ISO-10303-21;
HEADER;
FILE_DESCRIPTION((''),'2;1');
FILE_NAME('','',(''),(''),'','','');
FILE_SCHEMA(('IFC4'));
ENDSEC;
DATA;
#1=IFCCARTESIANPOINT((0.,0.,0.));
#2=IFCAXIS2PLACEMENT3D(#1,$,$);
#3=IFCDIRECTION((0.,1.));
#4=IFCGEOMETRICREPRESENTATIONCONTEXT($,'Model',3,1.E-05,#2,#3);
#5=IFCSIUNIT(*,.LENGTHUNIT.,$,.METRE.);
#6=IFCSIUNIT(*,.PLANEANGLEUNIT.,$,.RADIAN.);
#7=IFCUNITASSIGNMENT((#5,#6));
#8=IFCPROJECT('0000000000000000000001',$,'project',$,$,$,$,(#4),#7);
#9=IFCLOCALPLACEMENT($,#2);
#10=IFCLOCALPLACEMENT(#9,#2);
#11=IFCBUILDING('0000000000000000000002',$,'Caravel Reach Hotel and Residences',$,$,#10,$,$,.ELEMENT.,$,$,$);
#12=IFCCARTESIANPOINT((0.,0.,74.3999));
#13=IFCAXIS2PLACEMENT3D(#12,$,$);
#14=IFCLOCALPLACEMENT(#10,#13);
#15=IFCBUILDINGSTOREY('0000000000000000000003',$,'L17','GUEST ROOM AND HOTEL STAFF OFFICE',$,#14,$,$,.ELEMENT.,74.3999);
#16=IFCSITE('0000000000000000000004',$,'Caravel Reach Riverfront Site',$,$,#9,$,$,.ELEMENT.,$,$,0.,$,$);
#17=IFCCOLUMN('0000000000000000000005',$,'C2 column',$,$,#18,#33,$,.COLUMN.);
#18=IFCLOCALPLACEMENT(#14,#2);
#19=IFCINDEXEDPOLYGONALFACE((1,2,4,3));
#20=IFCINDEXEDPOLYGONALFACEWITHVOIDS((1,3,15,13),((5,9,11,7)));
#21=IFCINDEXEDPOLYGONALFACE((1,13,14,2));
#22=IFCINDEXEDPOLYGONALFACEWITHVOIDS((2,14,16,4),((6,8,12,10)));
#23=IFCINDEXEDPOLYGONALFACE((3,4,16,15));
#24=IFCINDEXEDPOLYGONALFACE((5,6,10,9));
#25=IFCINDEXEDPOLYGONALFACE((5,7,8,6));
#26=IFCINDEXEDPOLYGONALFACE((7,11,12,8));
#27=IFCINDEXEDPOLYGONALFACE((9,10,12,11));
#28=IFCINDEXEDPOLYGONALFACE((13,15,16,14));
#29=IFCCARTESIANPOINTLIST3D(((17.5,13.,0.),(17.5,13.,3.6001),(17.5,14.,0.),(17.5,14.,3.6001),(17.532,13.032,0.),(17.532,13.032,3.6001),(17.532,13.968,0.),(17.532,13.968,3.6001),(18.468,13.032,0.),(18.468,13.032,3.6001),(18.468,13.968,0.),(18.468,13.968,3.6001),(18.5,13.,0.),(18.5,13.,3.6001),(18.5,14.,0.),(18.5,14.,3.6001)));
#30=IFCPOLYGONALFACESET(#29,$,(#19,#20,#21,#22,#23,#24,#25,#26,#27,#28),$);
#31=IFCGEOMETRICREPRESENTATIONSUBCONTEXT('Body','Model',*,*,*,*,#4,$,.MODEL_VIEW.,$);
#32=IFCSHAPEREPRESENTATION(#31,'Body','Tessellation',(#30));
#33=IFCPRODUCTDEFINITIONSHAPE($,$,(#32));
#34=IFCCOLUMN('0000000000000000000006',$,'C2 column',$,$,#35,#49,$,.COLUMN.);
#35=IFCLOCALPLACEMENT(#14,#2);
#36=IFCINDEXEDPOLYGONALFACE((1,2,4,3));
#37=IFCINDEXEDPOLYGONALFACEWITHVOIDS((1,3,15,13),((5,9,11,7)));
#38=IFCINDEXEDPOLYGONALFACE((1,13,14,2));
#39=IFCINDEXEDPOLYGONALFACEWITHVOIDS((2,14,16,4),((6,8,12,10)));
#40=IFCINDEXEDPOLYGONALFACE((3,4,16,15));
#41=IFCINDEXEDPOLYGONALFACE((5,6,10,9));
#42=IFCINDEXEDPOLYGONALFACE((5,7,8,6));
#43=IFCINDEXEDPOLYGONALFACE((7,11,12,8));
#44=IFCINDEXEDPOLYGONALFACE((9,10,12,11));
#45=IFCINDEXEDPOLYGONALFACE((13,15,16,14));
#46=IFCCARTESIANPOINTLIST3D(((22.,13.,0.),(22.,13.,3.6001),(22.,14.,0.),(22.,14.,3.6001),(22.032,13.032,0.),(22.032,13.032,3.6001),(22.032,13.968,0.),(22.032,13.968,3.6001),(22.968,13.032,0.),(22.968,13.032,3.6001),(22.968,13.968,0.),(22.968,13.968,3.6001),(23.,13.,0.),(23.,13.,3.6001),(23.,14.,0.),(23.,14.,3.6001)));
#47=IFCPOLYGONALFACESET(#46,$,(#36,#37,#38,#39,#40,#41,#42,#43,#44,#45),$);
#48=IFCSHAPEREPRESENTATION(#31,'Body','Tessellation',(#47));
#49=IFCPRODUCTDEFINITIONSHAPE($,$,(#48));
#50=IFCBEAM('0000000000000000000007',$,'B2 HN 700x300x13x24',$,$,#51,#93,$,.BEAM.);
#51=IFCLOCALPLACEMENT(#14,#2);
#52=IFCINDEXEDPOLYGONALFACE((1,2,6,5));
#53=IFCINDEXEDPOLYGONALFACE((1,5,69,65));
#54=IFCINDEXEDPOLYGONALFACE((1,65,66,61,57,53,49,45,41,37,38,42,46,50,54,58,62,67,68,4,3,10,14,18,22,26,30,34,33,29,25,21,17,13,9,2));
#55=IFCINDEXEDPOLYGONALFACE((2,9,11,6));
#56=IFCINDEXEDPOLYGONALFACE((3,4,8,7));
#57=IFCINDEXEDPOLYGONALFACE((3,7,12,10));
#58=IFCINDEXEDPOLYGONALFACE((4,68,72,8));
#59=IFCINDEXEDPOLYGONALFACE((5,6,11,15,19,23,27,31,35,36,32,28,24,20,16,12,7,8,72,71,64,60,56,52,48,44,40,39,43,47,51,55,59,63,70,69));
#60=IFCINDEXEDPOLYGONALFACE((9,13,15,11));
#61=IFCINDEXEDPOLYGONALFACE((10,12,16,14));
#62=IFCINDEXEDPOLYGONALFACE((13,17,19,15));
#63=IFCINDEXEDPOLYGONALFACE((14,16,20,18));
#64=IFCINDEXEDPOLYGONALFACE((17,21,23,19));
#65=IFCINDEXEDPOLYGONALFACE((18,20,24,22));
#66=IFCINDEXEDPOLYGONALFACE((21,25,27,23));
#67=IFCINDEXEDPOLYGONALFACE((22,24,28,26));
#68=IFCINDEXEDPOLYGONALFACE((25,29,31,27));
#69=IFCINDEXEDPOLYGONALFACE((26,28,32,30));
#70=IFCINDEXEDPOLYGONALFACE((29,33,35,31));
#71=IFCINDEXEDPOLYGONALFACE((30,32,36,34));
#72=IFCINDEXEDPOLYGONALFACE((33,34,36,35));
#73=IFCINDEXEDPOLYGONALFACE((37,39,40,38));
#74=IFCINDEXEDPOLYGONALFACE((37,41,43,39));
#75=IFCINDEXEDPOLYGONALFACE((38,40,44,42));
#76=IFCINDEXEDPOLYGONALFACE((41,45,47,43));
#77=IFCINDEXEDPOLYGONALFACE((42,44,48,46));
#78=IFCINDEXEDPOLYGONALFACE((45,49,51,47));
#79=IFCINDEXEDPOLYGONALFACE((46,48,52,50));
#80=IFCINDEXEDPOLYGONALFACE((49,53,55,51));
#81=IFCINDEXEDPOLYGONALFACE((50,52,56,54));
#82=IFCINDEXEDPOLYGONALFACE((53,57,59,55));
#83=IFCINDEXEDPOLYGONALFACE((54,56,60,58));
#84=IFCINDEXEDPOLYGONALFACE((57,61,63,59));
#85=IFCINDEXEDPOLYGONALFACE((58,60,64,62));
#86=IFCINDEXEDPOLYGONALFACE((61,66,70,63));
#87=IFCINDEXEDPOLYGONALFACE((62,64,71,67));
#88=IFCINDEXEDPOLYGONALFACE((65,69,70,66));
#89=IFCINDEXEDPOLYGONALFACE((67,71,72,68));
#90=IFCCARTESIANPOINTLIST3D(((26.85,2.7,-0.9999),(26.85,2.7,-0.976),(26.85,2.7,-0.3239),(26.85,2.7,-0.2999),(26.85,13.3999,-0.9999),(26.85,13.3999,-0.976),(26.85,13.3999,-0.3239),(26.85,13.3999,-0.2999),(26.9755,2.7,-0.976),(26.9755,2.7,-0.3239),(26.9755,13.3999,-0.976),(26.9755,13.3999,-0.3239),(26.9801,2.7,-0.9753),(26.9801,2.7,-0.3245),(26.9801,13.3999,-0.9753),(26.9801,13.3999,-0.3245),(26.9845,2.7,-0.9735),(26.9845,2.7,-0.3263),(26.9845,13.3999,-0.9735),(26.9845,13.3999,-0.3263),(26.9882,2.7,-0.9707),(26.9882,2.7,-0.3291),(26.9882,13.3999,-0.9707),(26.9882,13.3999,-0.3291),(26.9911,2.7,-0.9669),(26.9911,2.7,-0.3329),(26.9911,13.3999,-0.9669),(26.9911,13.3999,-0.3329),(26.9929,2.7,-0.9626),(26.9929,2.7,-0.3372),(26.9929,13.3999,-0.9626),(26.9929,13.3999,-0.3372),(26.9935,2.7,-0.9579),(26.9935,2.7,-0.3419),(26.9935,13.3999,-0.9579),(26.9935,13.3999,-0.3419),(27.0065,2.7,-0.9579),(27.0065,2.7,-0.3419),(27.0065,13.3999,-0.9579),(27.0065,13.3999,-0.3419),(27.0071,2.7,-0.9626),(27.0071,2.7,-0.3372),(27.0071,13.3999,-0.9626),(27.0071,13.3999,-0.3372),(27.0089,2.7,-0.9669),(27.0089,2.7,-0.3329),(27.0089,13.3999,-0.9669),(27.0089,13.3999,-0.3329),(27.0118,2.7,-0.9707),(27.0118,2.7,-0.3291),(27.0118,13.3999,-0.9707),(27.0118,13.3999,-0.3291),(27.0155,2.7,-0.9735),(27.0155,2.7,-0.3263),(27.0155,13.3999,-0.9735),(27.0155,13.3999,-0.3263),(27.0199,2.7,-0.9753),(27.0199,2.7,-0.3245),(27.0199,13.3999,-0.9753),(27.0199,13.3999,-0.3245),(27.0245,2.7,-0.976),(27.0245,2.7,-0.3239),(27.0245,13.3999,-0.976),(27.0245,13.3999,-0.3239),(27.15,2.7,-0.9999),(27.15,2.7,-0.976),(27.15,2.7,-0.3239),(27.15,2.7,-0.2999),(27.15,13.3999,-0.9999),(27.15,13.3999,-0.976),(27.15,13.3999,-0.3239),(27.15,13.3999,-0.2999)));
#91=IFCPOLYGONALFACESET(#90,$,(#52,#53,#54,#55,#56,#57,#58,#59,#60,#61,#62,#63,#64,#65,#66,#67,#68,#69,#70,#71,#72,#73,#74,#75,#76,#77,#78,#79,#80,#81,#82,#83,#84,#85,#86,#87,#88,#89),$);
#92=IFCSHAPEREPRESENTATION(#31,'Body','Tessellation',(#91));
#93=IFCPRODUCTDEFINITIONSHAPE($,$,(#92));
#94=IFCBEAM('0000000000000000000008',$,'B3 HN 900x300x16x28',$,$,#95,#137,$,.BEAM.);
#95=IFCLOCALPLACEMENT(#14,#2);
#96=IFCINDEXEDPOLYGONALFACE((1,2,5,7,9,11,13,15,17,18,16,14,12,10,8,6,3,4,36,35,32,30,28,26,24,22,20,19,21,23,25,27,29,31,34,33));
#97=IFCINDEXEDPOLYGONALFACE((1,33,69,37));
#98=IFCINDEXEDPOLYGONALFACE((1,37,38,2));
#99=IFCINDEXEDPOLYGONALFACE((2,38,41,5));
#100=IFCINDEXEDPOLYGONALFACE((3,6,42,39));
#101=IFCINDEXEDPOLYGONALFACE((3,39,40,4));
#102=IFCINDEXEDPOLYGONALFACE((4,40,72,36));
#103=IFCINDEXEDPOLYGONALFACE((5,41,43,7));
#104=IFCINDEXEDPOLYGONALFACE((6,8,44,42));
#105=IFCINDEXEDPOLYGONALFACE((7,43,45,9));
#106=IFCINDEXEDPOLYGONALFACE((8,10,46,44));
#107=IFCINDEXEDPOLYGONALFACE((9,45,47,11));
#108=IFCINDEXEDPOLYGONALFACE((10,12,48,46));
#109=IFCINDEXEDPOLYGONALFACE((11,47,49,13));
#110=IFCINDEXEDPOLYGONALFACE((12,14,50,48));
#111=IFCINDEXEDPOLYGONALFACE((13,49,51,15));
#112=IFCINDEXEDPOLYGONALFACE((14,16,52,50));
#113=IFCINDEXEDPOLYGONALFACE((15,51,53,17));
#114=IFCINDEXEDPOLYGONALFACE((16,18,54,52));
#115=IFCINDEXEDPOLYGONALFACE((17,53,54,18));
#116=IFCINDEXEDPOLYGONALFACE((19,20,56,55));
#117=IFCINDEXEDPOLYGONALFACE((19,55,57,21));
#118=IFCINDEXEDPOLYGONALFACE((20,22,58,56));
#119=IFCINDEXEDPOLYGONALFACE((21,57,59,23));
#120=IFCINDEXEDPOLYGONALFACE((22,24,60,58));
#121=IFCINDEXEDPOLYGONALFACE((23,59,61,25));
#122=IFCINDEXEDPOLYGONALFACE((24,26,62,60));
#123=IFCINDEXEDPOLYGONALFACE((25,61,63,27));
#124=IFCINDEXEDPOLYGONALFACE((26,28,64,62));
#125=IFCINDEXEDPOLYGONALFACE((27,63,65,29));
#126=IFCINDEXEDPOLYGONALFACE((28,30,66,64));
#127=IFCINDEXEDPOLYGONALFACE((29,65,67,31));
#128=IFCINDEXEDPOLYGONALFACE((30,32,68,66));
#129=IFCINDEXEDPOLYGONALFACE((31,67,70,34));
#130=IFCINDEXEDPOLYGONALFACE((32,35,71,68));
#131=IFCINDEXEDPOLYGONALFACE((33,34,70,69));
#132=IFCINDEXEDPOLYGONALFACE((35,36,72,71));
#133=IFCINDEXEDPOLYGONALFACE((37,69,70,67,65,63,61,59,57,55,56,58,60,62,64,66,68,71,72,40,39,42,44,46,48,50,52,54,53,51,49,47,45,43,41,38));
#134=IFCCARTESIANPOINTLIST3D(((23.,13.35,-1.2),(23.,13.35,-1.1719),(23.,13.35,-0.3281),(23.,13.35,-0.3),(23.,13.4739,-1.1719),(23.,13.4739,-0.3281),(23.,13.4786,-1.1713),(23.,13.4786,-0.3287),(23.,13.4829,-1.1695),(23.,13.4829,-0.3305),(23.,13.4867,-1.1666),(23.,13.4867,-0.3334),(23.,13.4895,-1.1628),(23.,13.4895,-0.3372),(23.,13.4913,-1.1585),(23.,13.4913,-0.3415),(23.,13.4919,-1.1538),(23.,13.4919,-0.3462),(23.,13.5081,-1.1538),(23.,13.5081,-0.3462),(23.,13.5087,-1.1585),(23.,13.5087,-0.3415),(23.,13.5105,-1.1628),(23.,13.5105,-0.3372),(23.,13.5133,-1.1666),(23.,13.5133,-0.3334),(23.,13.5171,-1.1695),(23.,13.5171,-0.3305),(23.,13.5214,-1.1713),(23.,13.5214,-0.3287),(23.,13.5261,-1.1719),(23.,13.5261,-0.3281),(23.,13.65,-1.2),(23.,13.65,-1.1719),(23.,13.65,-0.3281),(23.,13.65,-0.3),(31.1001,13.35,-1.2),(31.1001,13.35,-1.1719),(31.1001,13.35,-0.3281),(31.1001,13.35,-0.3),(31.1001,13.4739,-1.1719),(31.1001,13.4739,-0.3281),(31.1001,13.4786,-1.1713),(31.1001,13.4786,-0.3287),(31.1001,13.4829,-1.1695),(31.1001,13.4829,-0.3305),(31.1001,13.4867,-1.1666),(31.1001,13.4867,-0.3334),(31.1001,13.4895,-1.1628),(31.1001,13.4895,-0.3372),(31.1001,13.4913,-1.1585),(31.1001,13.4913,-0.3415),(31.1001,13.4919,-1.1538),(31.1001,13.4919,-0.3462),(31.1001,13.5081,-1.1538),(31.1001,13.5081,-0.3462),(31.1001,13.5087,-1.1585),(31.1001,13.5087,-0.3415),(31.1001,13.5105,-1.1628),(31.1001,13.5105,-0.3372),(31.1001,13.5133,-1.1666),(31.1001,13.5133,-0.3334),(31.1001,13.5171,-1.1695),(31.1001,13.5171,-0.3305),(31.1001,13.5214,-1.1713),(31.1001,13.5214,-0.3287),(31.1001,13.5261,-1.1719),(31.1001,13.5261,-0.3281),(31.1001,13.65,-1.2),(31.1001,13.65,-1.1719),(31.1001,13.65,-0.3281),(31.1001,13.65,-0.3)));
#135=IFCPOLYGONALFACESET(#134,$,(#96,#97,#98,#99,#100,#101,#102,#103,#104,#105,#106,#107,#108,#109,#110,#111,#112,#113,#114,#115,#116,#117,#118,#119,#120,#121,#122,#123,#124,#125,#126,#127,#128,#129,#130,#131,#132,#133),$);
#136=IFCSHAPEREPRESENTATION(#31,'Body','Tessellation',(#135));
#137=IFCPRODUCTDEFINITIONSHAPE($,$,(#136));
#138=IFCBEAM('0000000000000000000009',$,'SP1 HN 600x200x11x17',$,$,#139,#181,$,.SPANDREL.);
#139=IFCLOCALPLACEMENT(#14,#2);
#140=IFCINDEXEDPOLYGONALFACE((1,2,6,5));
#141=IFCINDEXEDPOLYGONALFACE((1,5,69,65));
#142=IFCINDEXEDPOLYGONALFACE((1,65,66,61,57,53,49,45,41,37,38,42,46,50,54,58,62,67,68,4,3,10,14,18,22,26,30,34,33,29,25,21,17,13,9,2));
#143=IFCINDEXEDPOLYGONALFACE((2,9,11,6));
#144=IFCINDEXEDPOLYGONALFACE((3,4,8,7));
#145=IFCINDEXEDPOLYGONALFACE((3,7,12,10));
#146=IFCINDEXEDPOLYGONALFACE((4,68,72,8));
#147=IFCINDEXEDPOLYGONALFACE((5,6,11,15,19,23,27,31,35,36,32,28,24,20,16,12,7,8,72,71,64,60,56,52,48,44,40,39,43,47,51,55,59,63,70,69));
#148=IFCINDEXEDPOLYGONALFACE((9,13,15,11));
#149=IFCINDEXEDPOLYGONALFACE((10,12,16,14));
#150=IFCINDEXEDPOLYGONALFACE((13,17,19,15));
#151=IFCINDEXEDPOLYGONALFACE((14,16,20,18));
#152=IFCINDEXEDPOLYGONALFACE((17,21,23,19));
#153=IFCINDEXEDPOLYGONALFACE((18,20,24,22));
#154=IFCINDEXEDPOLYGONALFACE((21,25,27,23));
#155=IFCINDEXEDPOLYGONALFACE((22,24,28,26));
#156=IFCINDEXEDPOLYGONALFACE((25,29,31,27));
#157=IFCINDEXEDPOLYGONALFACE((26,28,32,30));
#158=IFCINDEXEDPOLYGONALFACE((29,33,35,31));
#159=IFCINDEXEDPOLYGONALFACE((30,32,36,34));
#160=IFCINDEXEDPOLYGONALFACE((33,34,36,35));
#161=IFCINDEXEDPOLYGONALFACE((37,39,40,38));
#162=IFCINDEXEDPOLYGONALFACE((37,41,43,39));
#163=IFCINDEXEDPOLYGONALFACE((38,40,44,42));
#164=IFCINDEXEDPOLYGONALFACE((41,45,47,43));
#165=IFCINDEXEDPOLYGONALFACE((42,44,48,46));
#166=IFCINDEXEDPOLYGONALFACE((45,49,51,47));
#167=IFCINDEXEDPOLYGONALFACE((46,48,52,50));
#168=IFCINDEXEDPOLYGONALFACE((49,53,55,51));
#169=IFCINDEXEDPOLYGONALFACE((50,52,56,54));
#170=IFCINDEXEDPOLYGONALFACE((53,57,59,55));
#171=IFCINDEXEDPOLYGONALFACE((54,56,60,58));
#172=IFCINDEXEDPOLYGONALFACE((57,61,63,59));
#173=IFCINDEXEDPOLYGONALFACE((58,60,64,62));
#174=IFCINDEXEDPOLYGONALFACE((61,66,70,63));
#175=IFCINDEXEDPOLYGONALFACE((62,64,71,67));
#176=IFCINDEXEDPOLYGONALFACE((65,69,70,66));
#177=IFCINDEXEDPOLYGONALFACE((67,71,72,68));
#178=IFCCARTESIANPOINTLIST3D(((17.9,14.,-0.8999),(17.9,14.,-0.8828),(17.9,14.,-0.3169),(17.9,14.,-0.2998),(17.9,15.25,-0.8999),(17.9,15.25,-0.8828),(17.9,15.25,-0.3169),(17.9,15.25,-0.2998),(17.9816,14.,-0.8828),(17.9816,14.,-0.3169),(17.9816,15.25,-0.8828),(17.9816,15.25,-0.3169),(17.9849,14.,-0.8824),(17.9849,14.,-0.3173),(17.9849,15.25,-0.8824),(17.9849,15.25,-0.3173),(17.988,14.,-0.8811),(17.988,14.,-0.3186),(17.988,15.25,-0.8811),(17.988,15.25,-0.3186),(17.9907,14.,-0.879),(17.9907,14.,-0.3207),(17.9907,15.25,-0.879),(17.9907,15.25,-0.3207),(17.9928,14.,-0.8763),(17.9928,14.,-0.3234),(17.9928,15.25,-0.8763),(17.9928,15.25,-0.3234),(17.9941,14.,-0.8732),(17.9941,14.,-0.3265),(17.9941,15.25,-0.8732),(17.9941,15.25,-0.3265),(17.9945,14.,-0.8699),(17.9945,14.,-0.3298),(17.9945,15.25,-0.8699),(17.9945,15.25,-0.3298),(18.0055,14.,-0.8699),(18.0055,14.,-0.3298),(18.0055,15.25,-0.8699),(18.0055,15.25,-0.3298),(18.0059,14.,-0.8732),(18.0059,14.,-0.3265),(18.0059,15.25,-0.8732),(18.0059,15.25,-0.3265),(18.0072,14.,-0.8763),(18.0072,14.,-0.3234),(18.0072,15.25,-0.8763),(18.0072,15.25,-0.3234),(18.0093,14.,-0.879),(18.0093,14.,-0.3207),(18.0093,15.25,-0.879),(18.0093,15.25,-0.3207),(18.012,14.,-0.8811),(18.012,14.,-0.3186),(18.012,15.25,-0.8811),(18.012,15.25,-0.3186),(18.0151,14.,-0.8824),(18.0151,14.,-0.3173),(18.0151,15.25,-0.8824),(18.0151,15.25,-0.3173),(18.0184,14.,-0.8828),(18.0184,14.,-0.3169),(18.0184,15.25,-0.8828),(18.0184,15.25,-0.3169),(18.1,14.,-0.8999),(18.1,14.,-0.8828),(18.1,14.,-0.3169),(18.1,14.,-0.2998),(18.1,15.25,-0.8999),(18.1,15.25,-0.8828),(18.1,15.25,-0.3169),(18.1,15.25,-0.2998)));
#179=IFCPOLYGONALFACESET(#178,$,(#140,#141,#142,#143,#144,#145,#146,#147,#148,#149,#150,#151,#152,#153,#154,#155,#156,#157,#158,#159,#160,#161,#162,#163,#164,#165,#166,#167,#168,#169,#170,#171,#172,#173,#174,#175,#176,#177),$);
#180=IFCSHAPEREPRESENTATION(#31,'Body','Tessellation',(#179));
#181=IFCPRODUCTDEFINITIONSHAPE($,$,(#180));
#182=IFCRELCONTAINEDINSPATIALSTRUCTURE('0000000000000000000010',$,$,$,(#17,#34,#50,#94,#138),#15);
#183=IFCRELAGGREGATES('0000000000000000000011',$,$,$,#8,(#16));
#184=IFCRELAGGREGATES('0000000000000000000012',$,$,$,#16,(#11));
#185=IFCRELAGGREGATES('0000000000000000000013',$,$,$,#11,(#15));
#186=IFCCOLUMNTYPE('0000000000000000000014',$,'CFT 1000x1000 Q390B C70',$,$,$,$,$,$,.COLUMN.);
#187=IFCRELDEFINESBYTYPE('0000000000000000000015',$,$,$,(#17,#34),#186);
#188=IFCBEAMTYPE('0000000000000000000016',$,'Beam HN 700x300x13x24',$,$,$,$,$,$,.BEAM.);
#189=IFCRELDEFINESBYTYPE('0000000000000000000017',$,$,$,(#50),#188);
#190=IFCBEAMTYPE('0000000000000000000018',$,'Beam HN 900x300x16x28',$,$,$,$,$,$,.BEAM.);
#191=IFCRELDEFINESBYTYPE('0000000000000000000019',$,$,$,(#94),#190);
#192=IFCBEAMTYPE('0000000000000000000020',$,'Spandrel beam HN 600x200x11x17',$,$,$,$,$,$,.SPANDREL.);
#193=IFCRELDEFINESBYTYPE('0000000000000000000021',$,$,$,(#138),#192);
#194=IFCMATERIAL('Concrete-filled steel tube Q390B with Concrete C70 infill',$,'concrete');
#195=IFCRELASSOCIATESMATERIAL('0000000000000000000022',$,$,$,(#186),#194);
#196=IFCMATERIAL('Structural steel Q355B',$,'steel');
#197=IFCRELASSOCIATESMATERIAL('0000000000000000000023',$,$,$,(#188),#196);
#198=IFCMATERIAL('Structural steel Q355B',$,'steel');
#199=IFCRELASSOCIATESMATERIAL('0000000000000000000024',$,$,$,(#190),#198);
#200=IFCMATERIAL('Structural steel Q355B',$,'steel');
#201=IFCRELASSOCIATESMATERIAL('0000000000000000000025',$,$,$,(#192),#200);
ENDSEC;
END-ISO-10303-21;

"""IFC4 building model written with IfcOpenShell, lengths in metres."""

from ifc_helpers import new_model, si_unit, direction, frame, origin, origin_2d, place, context, subcontext, project, spatial, hollow_rectangle, i_section, extrude, material, material_profile, profile_set, type_object, element, save


model = new_model("IFC4")

# Units and contexts
model_context = context("Model", 3, precision=1e-05, world=origin(), true_north=direction((0.0, 1.0)))
body_context = subcontext(model_context, "Body", "Model", "MODEL_VIEW")
ifc_project = project(units=[si_unit("LENGTHUNIT", "METRE"), si_unit("PLANEANGLEUNIT", "RADIAN")], contexts=[model_context])

# Site, building, storey
site_placement = place(None, origin())
site = spatial("IfcSite", under=ifc_project, at=site_placement, Name="Caravel Reach Riverfront Site", CompositionType="ELEMENT", RefElevation=0.0)
building_placement = place(site_placement, origin())
building = spatial("IfcBuilding", under=site, at=building_placement, Name="Caravel Reach Hotel and Residences", CompositionType="ELEMENT")
storey_placement = place(building_placement, frame((0.0, 0.0, 74.3999)))
storey = spatial("IfcBuildingStorey", under=building, at=storey_placement, Name="L17", Description="GUEST ROOM AND HOTEL STAFF OFFICE", CompositionType="ELEMENT", Elevation=74.3999)

# Columns
ifc_material_1 = material(Name="Concrete-filled steel tube Q390B with Concrete C70 infill", Category="concrete")
ifc_material_profile_1 = material_profile(ifc_material_1, hollow_rectangle(XDim=1.0, YDim=1.0, WallThickness=0.032, at=origin_2d()), Name="RHS 1000x1000x32")
ifc_profile_set_1 = profile_set([ifc_material_profile_1], Name="Concrete-filled steel tube Q390B with Concrete C70 infill")
column_type = type_object("IfcColumnType", Name="CFT 1000x1000 Q390B C70", PredefinedType="COLUMN", material=ifc_profile_set_1)
for number, where, z_axis, x_axis, name in (
    (1, (18.0, 13.5, 0.0), (0.0, 0.0, 1.0), (1.0, 0.0, 0.0), "C2 column"),
    (2, (22.5, 13.5, 0.0), (0.0, 0.0, 1.0), (1.0, 0.0, 0.0), "C2 column"),
):
    element("IfcColumn", number, at=place(storey_placement, frame(where, z_axis=z_axis, x_axis=x_axis)), inside=storey, type_object=column_type, Name=name, PredefinedType="COLUMN", context=body_context, shape_type="SweptSolid", body=[
        extrude(hollow_rectangle(XDim=1.0, YDim=1.0, WallThickness=0.032, at=origin_2d()), origin(), (0.0, 0.0, 1.0), 3.6001),
    ])

# Beams
ifc_material_2 = material(Name="Structural steel Q355B", Category="steel")
ifc_material_profile_2 = material_profile(ifc_material_2, i_section(OverallWidth=0.3, OverallDepth=0.7, WebThickness=0.0129, FlangeThickness=0.0239, FilletRadius=0.0181, at=origin_2d()), Name="HN 700x300x13x24")
ifc_profile_set_2 = profile_set([ifc_material_profile_2], Name="Structural steel Q355B")
beam_type_1 = type_object("IfcBeamType", Name="Beam HN 700x300x13x24", PredefinedType="BEAM", material=ifc_profile_set_2)
beam_1_placement = place(storey_placement, frame((27.0, 13.3999, -0.6499), z_axis=(0.0, -1.0, 0.0), x_axis=(1.0, 0.0, 0.0)))
element("IfcBeam", 3, at=beam_1_placement, inside=storey, type_object=beam_type_1, Name="B2 HN 700x300x13x24", PredefinedType="BEAM", context=body_context, shape_type="SweptSolid", body=[
    extrude(i_section(OverallWidth=0.3, OverallDepth=0.7, WebThickness=0.0129, FlangeThickness=0.0239, FilletRadius=0.0181, at=origin_2d()), origin(), (0.0, 0.0, 1.0), 10.7),
])
ifc_material_3 = material(Name="Structural steel Q355B", Category="steel")
ifc_material_profile_3 = material_profile(ifc_material_3, i_section(OverallWidth=0.3, OverallDepth=0.8999, WebThickness=0.0161, FlangeThickness=0.0281, FilletRadius=0.0181, at=origin_2d()), Name="HN 900x300x16x28")
ifc_profile_set_3 = profile_set([ifc_material_profile_3], Name="Structural steel Q355B")
beam_type_2 = type_object("IfcBeamType", Name="Beam HN 900x300x16x28", PredefinedType="BEAM", material=ifc_profile_set_3)
beam_2_placement = place(storey_placement, frame((23.0, 13.5, -0.75), z_axis=(1.0, 0.0, 0.0), x_axis=(0.0, 1.0, 0.0)))
element("IfcBeam", 4, at=beam_2_placement, inside=storey, type_object=beam_type_2, Name="B3 HN 900x300x16x28", PredefinedType="BEAM", context=body_context, shape_type="SweptSolid", body=[
    extrude(i_section(OverallWidth=0.3, OverallDepth=0.8999, WebThickness=0.0161, FlangeThickness=0.0281, FilletRadius=0.0181, at=origin_2d()), origin(), (0.0, 0.0, 1.0), 8.1001),
])
ifc_material_4 = material(Name="Structural steel Q355B", Category="steel")
ifc_material_profile_4 = material_profile(ifc_material_4, i_section(OverallWidth=0.2, OverallDepth=0.6001, WebThickness=0.011, FlangeThickness=0.0171, FilletRadius=0.0129, at=origin_2d()), Name="HN 600x200x11x17")
ifc_profile_set_4 = profile_set([ifc_material_profile_4], Name="Structural steel Q355B")
beam_type_3 = type_object("IfcBeamType", Name="Spandrel beam HN 600x200x11x17", PredefinedType="SPANDREL", material=ifc_profile_set_4)
beam_3_placement = place(storey_placement, frame((18.0, 15.25, -0.5999), z_axis=(0.0, -1.0, 0.0), x_axis=(1.0, 0.0, 0.0)))
element("IfcBeam", 5, at=beam_3_placement, inside=storey, type_object=beam_type_3, Name="SP1 HN 600x200x11x17", PredefinedType="SPANDREL", context=body_context, shape_type="SweptSolid", body=[
    extrude(i_section(OverallWidth=0.2, OverallDepth=0.6001, WebThickness=0.011, FlangeThickness=0.0171, FilletRadius=0.0129, at=origin_2d()), origin(), (0.0, 0.0, 1.0), 1.25),
])

save(model, "model.ifc")
